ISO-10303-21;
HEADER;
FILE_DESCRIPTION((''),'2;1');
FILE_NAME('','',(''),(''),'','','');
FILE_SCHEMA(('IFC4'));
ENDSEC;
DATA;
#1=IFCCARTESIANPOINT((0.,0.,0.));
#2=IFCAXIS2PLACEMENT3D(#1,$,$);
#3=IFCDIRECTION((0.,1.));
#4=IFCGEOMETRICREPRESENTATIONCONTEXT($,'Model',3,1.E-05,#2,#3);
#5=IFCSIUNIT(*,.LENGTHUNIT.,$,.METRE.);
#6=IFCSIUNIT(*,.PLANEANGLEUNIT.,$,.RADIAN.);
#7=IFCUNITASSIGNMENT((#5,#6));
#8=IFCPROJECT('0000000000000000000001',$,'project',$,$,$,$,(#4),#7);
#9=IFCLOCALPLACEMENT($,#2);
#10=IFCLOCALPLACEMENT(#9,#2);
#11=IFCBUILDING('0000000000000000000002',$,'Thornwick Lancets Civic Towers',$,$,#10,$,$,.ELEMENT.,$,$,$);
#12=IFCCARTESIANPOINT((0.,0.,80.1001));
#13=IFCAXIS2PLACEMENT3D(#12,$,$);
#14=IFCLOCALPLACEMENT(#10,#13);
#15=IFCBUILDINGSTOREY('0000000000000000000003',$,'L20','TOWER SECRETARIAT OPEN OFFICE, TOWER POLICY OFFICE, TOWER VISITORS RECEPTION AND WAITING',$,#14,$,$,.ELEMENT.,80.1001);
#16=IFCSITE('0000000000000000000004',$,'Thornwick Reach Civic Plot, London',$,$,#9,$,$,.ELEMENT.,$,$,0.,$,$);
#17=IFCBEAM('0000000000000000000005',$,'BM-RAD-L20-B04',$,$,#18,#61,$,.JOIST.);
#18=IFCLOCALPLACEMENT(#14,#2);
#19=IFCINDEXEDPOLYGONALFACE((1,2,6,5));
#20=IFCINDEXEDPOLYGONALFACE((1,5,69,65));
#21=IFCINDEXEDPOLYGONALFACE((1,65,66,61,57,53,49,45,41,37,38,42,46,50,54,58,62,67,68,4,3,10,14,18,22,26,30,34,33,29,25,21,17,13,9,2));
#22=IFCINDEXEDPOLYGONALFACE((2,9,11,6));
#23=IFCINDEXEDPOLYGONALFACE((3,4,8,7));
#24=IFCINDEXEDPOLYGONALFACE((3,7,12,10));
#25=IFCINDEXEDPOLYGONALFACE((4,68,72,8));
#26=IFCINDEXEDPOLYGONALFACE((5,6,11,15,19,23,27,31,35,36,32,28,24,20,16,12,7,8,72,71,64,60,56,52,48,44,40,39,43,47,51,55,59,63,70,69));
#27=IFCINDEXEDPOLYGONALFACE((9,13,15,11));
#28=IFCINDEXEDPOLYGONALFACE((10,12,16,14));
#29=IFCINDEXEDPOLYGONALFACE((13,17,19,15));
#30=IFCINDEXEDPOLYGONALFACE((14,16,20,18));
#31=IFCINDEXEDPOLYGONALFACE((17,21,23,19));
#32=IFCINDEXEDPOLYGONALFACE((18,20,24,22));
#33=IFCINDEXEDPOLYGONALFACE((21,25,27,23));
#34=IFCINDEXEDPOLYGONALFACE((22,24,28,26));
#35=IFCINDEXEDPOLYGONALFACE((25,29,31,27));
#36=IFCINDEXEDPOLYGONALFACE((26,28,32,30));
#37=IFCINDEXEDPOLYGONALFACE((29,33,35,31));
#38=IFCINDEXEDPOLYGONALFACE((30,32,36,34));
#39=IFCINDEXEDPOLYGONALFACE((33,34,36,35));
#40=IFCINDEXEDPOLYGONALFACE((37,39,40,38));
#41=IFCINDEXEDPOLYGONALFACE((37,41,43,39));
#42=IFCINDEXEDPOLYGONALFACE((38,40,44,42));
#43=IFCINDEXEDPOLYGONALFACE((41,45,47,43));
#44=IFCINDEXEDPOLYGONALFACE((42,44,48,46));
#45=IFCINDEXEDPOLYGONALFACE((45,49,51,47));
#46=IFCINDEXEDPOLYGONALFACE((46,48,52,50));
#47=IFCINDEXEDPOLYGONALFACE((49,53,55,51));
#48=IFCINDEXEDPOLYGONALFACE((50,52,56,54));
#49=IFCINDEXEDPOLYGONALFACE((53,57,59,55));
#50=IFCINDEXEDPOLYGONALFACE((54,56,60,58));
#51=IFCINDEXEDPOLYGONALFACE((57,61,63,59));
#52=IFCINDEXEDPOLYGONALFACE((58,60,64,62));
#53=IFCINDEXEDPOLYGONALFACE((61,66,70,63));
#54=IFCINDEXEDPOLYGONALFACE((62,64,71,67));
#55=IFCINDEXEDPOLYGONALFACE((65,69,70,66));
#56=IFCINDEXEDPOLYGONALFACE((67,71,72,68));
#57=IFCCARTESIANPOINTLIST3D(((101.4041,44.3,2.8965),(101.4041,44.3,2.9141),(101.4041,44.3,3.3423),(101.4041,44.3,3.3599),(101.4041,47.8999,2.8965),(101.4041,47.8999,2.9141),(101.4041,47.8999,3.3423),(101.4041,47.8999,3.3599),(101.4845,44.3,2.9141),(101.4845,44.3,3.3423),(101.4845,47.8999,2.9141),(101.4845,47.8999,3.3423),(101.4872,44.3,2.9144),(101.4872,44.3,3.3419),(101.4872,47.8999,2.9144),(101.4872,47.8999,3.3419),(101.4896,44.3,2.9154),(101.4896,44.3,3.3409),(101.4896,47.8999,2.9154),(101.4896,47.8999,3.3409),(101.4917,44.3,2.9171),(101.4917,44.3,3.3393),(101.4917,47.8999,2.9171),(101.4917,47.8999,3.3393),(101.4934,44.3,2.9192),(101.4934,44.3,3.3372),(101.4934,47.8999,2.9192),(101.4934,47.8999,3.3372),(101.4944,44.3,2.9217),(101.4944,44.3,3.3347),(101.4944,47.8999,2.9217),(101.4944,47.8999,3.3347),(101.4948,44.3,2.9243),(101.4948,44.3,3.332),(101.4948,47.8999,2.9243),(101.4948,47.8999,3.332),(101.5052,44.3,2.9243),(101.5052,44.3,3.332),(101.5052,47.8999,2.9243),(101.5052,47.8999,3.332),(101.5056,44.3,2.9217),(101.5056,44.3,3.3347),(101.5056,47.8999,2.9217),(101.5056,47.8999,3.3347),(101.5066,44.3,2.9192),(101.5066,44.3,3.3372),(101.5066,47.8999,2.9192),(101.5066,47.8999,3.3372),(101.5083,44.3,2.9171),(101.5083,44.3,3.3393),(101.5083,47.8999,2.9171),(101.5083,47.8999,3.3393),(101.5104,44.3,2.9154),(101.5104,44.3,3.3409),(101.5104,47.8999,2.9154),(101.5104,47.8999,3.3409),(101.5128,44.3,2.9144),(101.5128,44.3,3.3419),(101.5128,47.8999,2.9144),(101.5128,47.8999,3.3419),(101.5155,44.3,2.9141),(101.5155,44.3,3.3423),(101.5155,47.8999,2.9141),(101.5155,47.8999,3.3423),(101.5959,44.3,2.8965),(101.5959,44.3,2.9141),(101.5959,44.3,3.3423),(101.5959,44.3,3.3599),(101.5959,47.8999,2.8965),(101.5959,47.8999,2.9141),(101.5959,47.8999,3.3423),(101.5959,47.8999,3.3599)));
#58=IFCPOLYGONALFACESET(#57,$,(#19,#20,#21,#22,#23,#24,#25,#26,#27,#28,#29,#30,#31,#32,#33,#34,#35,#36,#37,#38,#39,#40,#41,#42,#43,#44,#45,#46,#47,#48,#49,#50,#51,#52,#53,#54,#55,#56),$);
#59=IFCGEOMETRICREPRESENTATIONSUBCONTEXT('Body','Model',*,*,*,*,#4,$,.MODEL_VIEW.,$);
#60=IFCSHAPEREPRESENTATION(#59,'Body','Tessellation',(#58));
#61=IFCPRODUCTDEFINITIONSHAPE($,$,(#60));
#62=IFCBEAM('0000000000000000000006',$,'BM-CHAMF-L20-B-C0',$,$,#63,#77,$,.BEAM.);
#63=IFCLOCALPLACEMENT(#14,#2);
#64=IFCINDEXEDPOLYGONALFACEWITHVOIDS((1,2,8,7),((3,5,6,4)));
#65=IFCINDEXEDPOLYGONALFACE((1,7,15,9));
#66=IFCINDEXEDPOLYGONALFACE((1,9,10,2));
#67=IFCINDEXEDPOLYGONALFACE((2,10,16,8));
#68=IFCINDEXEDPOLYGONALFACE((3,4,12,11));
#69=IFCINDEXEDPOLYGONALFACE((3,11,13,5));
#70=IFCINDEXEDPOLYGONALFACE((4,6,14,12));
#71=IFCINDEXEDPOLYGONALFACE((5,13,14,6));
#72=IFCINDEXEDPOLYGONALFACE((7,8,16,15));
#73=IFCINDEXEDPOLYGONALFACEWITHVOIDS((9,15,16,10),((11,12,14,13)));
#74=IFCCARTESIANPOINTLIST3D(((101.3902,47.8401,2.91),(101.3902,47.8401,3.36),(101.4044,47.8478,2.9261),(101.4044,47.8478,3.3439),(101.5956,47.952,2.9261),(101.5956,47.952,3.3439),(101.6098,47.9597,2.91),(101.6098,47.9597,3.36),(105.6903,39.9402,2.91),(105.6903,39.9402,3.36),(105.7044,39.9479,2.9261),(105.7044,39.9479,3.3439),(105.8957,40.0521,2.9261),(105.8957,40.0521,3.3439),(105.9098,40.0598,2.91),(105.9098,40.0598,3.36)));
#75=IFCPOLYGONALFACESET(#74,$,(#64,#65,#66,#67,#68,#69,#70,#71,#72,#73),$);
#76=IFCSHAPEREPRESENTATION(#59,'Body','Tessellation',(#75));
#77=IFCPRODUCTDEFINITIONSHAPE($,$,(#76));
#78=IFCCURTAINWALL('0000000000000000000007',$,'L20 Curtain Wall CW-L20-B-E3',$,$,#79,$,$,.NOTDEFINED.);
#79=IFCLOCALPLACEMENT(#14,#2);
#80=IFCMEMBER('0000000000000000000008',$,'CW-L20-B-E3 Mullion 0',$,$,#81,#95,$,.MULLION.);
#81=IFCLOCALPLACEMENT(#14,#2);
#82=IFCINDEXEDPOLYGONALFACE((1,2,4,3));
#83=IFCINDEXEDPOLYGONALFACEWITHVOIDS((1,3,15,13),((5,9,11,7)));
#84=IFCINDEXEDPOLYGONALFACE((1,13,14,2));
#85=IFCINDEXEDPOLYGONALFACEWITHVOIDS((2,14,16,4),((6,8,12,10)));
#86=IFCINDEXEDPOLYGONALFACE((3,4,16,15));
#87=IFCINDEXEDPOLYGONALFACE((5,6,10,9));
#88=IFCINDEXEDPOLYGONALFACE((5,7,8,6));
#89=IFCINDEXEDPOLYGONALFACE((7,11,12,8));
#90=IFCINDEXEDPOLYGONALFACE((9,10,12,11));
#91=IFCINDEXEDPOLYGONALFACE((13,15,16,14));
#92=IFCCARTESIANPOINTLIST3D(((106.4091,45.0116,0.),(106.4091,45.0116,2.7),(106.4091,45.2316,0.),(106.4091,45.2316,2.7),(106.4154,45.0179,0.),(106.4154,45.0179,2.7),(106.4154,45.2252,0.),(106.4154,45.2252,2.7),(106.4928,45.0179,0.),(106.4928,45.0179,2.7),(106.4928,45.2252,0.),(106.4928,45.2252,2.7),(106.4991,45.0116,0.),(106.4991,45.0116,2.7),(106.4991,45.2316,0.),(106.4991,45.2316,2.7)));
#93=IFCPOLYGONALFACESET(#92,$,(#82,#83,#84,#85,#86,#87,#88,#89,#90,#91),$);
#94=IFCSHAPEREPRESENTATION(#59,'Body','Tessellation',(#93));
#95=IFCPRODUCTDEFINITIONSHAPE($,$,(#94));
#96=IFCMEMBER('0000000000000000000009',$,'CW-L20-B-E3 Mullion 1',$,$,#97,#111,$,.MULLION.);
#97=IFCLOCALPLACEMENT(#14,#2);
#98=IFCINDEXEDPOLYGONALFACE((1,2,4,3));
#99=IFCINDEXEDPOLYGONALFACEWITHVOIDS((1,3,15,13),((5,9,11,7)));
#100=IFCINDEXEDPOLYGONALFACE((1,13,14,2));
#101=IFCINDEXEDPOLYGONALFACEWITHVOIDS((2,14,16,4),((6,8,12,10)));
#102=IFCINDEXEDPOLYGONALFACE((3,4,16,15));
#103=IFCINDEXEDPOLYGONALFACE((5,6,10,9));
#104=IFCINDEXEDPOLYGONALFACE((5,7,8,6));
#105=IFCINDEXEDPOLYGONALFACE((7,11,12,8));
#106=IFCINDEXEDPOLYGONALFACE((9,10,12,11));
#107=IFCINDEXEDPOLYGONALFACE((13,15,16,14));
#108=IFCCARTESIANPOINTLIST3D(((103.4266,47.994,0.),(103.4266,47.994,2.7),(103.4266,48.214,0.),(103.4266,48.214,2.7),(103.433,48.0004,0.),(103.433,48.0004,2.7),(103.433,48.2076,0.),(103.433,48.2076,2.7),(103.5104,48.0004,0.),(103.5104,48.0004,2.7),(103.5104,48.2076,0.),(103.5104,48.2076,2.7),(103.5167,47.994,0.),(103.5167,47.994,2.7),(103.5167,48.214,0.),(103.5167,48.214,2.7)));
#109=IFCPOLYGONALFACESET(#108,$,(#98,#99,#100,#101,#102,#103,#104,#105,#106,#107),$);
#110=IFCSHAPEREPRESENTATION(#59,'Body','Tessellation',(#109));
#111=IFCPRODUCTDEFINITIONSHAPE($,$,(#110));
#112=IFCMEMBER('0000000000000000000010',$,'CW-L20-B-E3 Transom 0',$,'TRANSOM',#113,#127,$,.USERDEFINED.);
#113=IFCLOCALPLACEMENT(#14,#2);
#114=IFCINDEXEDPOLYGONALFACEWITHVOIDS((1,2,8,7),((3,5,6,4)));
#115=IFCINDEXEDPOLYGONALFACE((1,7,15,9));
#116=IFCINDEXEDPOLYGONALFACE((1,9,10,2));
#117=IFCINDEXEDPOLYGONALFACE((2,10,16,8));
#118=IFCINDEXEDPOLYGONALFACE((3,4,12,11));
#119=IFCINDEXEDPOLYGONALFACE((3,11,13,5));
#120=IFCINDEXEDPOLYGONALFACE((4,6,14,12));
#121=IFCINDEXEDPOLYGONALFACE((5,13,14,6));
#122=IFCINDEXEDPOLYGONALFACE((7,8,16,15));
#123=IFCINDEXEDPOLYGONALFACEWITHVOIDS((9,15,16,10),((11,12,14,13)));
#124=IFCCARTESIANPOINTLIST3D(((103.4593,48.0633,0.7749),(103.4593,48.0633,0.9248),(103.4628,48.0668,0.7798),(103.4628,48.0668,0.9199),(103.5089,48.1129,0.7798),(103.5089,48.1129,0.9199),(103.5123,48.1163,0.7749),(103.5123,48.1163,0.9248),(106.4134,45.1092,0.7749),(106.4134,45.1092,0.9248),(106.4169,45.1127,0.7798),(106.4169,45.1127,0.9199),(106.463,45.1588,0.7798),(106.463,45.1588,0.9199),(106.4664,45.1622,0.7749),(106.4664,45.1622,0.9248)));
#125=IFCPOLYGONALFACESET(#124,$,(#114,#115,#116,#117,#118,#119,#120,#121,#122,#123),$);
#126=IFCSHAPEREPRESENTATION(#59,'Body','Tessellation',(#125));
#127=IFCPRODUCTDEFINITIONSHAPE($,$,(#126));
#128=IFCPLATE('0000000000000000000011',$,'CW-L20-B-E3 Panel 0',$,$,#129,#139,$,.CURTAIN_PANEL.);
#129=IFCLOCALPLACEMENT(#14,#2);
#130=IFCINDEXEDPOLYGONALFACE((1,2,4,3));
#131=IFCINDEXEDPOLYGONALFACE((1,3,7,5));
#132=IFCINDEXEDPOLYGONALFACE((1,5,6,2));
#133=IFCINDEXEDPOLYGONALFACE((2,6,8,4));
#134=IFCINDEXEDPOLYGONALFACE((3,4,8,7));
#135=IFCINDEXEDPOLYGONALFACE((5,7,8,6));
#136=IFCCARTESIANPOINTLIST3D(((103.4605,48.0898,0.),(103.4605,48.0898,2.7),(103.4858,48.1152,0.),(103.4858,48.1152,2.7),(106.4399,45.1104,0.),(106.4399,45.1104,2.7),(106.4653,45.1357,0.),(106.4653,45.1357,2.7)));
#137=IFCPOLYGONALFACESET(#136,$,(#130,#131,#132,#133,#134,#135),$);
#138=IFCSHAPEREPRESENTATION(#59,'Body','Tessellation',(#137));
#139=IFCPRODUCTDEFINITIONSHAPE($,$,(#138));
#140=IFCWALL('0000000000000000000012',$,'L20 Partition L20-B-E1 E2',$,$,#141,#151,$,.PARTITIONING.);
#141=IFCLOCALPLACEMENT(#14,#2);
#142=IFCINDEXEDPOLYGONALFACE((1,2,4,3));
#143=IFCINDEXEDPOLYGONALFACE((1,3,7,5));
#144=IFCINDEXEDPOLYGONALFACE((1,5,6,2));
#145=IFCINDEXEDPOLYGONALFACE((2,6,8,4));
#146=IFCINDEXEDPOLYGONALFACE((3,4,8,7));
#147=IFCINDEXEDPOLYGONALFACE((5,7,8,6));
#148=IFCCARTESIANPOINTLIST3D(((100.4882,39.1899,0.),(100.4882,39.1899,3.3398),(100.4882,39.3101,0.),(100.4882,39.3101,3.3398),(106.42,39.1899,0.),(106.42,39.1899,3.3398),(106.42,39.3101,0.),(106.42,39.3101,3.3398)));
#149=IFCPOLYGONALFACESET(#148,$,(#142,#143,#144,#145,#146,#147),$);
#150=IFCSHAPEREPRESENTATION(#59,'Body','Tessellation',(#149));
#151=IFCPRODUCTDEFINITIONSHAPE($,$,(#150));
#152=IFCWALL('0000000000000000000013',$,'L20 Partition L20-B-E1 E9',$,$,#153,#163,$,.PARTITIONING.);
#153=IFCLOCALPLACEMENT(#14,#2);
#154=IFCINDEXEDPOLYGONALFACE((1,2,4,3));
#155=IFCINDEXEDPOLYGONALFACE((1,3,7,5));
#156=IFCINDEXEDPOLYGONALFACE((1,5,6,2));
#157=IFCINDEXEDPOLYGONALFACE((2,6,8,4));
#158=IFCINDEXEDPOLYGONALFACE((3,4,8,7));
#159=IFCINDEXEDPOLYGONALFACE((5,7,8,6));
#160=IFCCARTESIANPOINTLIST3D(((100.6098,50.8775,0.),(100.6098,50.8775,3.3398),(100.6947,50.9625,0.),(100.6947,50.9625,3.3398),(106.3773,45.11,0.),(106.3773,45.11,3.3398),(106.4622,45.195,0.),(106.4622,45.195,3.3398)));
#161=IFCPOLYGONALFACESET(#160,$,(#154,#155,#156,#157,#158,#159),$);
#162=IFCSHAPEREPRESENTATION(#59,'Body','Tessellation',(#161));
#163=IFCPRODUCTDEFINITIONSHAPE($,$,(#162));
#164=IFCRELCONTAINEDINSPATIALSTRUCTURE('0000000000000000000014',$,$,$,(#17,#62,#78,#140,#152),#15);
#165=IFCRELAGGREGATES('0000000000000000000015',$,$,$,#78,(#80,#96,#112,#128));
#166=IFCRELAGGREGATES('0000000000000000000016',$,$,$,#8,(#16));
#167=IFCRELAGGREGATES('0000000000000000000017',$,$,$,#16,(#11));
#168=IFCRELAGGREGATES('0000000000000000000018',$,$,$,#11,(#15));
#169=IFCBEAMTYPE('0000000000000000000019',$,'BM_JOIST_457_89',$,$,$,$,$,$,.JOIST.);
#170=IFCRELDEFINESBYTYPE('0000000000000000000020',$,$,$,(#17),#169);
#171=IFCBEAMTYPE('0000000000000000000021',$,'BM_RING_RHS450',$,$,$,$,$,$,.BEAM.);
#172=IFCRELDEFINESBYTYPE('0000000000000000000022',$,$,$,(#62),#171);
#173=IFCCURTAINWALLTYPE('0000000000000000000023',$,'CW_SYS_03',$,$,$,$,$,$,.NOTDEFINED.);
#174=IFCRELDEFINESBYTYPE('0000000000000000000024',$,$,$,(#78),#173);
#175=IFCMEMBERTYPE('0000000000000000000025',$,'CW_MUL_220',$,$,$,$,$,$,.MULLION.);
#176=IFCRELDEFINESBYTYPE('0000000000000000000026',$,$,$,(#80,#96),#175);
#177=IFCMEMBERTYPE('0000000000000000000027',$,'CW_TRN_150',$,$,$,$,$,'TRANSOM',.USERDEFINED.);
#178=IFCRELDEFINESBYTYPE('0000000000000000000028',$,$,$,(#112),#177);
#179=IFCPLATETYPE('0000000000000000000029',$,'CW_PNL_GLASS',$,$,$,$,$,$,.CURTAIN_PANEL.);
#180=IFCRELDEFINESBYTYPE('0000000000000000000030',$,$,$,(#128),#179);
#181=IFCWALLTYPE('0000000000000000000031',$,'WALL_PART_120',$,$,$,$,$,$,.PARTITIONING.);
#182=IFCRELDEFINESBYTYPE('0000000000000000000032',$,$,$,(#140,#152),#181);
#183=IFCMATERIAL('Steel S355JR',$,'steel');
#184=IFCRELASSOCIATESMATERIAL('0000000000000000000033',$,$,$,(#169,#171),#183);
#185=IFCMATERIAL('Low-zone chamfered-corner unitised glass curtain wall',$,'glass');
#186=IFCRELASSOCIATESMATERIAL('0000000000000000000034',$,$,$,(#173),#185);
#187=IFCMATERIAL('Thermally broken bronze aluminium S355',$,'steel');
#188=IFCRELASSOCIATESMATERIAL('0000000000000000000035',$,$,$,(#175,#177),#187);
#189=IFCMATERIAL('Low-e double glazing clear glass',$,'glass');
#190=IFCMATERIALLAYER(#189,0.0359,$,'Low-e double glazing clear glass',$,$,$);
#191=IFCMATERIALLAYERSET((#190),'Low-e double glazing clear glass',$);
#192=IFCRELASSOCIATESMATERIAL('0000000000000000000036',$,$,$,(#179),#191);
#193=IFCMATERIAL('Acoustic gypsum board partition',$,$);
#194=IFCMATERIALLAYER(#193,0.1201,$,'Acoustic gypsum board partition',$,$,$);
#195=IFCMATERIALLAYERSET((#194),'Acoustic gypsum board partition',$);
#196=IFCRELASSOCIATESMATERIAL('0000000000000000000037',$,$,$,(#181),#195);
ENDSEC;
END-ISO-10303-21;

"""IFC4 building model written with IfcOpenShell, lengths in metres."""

from ifc_helpers import new_model, si_unit, direction, frame, frame_2d, origin, origin_2d, place, context, subcontext, project, spatial, rectangle, hollow_rectangle, i_section, extrude, material, layer, layer_set, material_profile, profile_set, type_object, element, aggregate, save


model = new_model("IFC4")

# Units and contexts
model_context = context("Model", 3, precision=1e-05, world=origin(), true_north=direction((0.0, 1.0)))
body_context = subcontext(model_context, "Body", "Model", "MODEL_VIEW")
ifc_project = project(units=[si_unit("LENGTHUNIT", "METRE"), si_unit("PLANEANGLEUNIT", "RADIAN")], contexts=[model_context])

# Site, building, storey
site_placement = place(None, origin())
site = spatial("IfcSite", under=ifc_project, at=site_placement, Name="Thornwick Reach Civic Plot, London", CompositionType="ELEMENT", RefElevation=0.0)
building_placement = place(site_placement, origin())
building = spatial("IfcBuilding", under=site, at=building_placement, Name="Thornwick Lancets Civic Towers", CompositionType="ELEMENT")
storey_placement = place(building_placement, frame((0.0, 0.0, 80.1001)))
storey = spatial("IfcBuildingStorey", under=building, at=storey_placement, Name="L20", Description="TOWER SECRETARIAT OPEN OFFICE, TOWER POLICY OFFICE, TOWER VISITORS RECEPTION AND WAITING", CompositionType="ELEMENT", Elevation=80.1001)

# Beams
ifc_material_1 = material(Name="Steel S355JR", Category="steel")
ifc_material_profile_1 = material_profile(ifc_material_1, i_section(OverallWidth=0.1919, OverallDepth=0.4634, WebThickness=0.0105, FlangeThickness=0.0176, FilletRadius=0.0103, at=origin_2d()), Name="UKB 457x191x89")
ifc_profile_set_1 = profile_set([ifc_material_profile_1], Name="Steel S355JR")
beam_type_1 = type_object("IfcBeamType", Name="BM_JOIST_457_89", PredefinedType="JOIST", material=ifc_profile_set_1)
beam_1_placement = place(storey_placement, frame((101.5, 44.3, 3.1282), z_axis=(0.0, 1.0, 0.0), x_axis=(-1.0, 0.0, 0.0)))
element("IfcBeam", 1, at=beam_1_placement, inside=storey, type_object=beam_type_1, Name="BM-RAD-L20-B04", PredefinedType="JOIST", context=body_context, shape_type="SweptSolid", body=[
    extrude(i_section(OverallWidth=0.1919, OverallDepth=0.4634, WebThickness=0.0105, FlangeThickness=0.0176, FilletRadius=0.0103, at=origin_2d()), origin(), (0.0, 0.0, 1.0), 3.5999),
])
ifc_material_profile_2 = material_profile(ifc_material_1, hollow_rectangle(XDim=0.25, YDim=0.45, WallThickness=0.0161, at=origin_2d()), Name="RHS 450x250x16")
ifc_profile_set_2 = profile_set([ifc_material_profile_2], Name="Steel S355JR")
beam_type_2 = type_object("IfcBeamType", Name="BM_RING_RHS450", PredefinedType="BEAM", material=ifc_profile_set_2)
beam_2_placement = place(storey_placement, frame((105.8, 40.0, 3.135), z_axis=(-0.478082, 0.878315, 0.0), x_axis=(-0.878315, -0.478082, 0.0)))
element("IfcBeam", 2, at=beam_2_placement, inside=storey, type_object=beam_type_2, Name="BM-CHAMF-L20-B-C0", PredefinedType="BEAM", context=body_context, shape_type="SweptSolid", body=[
    extrude(hollow_rectangle(XDim=0.25, YDim=0.45, WallThickness=0.0161, at=origin_2d()), origin(), (0.0, 0.0, 1.0), 8.9944),
])

# Curtain wall, members, plate
ifc_material_2 = material(Name="Low-zone chamfered-corner unitised glass curtain wall", Category="glass")
curtain_wall_type = type_object("IfcCurtainWallType", Name="CW_SYS_03", PredefinedType="NOTDEFINED", material=ifc_material_2)
curtain_wall_placement = place(storey_placement, origin())
curtain_wall = element("IfcCurtainWall", 3, at=curtain_wall_placement, inside=storey, type_object=curtain_wall_type, Name="L20 Curtain Wall CW-L20-B-E3", PredefinedType="NOTDEFINED")
ifc_material_3 = material(Name="Thermally broken bronze aluminium S355", Category="steel")
ifc_material_profile_3 = material_profile(ifc_material_3, hollow_rectangle(XDim=0.0901, YDim=0.22, WallThickness=0.0063, at=origin_2d()), Name="RHS 220x90x6.3")
ifc_profile_set_3 = profile_set([ifc_material_profile_3], Name="Thermally broken bronze aluminium S355")
member_type_1 = type_object("IfcMemberType", Name="CW_MUL_220", PredefinedType="MULLION", material=ifc_profile_set_3)
member_1_placement = place(storey_placement, frame((106.4541, 45.1216, 0.0), z_axis=(0.0, 0.0, 1.0), x_axis=(1.0, 0.0, 0.0)))
member_1 = element("IfcMember", 4, at=member_1_placement, type_object=member_type_1, Name="CW-L20-B-E3 Mullion 0", PredefinedType="MULLION", context=body_context, shape_type="SweptSolid", body=[
    extrude(hollow_rectangle(XDim=0.0901, YDim=0.22, WallThickness=0.0063, at=origin_2d()), origin(), (0.0, 0.0, 1.0), 2.7),
])
member_2_placement = place(storey_placement, frame((103.4717, 48.104, 0.0), z_axis=(0.0, 0.0, 1.0), x_axis=(1.0, 0.0, 0.0)))
member_2 = element("IfcMember", 5, at=member_2_placement, type_object=member_type_1, Name="CW-L20-B-E3 Mullion 1", PredefinedType="MULLION", context=body_context, shape_type="SweptSolid", body=[
    extrude(hollow_rectangle(XDim=0.0901, YDim=0.22, WallThickness=0.0063, at=origin_2d()), origin(), (0.0, 0.0, 1.0), 2.7),
])
ifc_material_profile_4 = material_profile(ifc_material_3, hollow_rectangle(XDim=0.075, YDim=0.1499, WallThickness=0.0049, at=origin_2d()), Name="RHS 150x75x5")
ifc_profile_set_4 = profile_set([ifc_material_profile_4], Name="Thermally broken bronze aluminium S355")
member_type_2 = type_object("IfcMemberType", Name="CW_TRN_150", ElementType="TRANSOM", PredefinedType="USERDEFINED", material=ifc_profile_set_4)
member_3_placement = place(storey_placement, frame((106.4399, 45.1357, 0.8499), z_axis=(-0.707107, 0.707107, 0.0), x_axis=(-0.707107, -0.707107, 0.0)))
member_3 = element("IfcMember", 6, at=member_3_placement, type_object=member_type_2, Name="CW-L20-B-E3 Transom 0", ObjectType="TRANSOM", PredefinedType="USERDEFINED", context=body_context, shape_type="SweptSolid", body=[
    extrude(hollow_rectangle(XDim=0.075, YDim=0.1499, WallThickness=0.0049, at=origin_2d()), origin(), (0.0, 0.0, 1.0), 4.1777),
])
ifc_material_4 = material(Name="Low-e double glazing clear glass", Category="glass")
ifc_layer_1 = layer(ifc_material_4, 0.0359, Name="Low-e double glazing clear glass")
ifc_layer_set_1 = layer_set([ifc_layer_1], Name="Low-e double glazing clear glass")
plate_type = type_object("IfcPlateType", Name="CW_PNL_GLASS", PredefinedType="CURTAIN_PANEL", material=ifc_layer_set_1)
plate_placement = place(storey_placement, frame((104.9629, 46.6128, 0.0), z_axis=(0.0, 0.0, 1.0), x_axis=(-0.707107, 0.707107, 0.0)))
plate = element("IfcPlate", 7, at=plate_placement, type_object=plate_type, Name="CW-L20-B-E3 Panel 0", PredefinedType="CURTAIN_PANEL", context=body_context, shape_type="SweptSolid", body=[
    extrude(rectangle(XDim=4.2136, YDim=0.0359, at=origin_2d()), origin(), (0.0, 0.0, 1.0), 2.7),
])
aggregate(curtain_wall, [member_1, member_2, member_3, plate])

# Walls
ifc_material_5 = material(Name="Acoustic gypsum board partition")
ifc_layer_2 = layer(ifc_material_5, 0.1201, Name="Acoustic gypsum board partition")
ifc_layer_set_2 = layer_set([ifc_layer_2], Name="Acoustic gypsum board partition")
wall_type = type_object("IfcWallType", Name="WALL_PART_120", PredefinedType="PARTITIONING", material=ifc_layer_set_2)
wall_1_placement = place(storey_placement, frame((106.4199, 39.25, 0.0), z_axis=(0.0, 0.0, 1.0), x_axis=(-1.0, 0.0, 0.0)))
element("IfcWall", 8, at=wall_1_placement, inside=storey, type_object=wall_type, Name="L20 Partition L20-B-E1 E2", PredefinedType="PARTITIONING", context=body_context, shape_type="SweptSolid", body=[
    extrude(rectangle(XDim=5.9319, YDim=0.1201, at=frame_2d((2.9658, 0.0))), origin(), (0.0, 0.0, 1.0), 3.3398),
])
wall_2_placement = place(storey_placement, frame((100.6523, 50.9199, 0.0), z_axis=(0.0, 0.0, 1.0), x_axis=(0.707107, -0.707107, 0.0)))
element("IfcWall", 9, at=wall_2_placement, inside=storey, type_object=wall_type, Name="L20 Partition L20-B-E1 E9", PredefinedType="PARTITIONING", context=body_context, shape_type="SweptSolid", body=[
    extrude(rectangle(XDim=8.1565, YDim=0.1201, at=frame_2d((4.0781, 0.0))), origin(), (0.0, 0.0, 1.0), 3.3398),
])

save(model, "model.ifc")
